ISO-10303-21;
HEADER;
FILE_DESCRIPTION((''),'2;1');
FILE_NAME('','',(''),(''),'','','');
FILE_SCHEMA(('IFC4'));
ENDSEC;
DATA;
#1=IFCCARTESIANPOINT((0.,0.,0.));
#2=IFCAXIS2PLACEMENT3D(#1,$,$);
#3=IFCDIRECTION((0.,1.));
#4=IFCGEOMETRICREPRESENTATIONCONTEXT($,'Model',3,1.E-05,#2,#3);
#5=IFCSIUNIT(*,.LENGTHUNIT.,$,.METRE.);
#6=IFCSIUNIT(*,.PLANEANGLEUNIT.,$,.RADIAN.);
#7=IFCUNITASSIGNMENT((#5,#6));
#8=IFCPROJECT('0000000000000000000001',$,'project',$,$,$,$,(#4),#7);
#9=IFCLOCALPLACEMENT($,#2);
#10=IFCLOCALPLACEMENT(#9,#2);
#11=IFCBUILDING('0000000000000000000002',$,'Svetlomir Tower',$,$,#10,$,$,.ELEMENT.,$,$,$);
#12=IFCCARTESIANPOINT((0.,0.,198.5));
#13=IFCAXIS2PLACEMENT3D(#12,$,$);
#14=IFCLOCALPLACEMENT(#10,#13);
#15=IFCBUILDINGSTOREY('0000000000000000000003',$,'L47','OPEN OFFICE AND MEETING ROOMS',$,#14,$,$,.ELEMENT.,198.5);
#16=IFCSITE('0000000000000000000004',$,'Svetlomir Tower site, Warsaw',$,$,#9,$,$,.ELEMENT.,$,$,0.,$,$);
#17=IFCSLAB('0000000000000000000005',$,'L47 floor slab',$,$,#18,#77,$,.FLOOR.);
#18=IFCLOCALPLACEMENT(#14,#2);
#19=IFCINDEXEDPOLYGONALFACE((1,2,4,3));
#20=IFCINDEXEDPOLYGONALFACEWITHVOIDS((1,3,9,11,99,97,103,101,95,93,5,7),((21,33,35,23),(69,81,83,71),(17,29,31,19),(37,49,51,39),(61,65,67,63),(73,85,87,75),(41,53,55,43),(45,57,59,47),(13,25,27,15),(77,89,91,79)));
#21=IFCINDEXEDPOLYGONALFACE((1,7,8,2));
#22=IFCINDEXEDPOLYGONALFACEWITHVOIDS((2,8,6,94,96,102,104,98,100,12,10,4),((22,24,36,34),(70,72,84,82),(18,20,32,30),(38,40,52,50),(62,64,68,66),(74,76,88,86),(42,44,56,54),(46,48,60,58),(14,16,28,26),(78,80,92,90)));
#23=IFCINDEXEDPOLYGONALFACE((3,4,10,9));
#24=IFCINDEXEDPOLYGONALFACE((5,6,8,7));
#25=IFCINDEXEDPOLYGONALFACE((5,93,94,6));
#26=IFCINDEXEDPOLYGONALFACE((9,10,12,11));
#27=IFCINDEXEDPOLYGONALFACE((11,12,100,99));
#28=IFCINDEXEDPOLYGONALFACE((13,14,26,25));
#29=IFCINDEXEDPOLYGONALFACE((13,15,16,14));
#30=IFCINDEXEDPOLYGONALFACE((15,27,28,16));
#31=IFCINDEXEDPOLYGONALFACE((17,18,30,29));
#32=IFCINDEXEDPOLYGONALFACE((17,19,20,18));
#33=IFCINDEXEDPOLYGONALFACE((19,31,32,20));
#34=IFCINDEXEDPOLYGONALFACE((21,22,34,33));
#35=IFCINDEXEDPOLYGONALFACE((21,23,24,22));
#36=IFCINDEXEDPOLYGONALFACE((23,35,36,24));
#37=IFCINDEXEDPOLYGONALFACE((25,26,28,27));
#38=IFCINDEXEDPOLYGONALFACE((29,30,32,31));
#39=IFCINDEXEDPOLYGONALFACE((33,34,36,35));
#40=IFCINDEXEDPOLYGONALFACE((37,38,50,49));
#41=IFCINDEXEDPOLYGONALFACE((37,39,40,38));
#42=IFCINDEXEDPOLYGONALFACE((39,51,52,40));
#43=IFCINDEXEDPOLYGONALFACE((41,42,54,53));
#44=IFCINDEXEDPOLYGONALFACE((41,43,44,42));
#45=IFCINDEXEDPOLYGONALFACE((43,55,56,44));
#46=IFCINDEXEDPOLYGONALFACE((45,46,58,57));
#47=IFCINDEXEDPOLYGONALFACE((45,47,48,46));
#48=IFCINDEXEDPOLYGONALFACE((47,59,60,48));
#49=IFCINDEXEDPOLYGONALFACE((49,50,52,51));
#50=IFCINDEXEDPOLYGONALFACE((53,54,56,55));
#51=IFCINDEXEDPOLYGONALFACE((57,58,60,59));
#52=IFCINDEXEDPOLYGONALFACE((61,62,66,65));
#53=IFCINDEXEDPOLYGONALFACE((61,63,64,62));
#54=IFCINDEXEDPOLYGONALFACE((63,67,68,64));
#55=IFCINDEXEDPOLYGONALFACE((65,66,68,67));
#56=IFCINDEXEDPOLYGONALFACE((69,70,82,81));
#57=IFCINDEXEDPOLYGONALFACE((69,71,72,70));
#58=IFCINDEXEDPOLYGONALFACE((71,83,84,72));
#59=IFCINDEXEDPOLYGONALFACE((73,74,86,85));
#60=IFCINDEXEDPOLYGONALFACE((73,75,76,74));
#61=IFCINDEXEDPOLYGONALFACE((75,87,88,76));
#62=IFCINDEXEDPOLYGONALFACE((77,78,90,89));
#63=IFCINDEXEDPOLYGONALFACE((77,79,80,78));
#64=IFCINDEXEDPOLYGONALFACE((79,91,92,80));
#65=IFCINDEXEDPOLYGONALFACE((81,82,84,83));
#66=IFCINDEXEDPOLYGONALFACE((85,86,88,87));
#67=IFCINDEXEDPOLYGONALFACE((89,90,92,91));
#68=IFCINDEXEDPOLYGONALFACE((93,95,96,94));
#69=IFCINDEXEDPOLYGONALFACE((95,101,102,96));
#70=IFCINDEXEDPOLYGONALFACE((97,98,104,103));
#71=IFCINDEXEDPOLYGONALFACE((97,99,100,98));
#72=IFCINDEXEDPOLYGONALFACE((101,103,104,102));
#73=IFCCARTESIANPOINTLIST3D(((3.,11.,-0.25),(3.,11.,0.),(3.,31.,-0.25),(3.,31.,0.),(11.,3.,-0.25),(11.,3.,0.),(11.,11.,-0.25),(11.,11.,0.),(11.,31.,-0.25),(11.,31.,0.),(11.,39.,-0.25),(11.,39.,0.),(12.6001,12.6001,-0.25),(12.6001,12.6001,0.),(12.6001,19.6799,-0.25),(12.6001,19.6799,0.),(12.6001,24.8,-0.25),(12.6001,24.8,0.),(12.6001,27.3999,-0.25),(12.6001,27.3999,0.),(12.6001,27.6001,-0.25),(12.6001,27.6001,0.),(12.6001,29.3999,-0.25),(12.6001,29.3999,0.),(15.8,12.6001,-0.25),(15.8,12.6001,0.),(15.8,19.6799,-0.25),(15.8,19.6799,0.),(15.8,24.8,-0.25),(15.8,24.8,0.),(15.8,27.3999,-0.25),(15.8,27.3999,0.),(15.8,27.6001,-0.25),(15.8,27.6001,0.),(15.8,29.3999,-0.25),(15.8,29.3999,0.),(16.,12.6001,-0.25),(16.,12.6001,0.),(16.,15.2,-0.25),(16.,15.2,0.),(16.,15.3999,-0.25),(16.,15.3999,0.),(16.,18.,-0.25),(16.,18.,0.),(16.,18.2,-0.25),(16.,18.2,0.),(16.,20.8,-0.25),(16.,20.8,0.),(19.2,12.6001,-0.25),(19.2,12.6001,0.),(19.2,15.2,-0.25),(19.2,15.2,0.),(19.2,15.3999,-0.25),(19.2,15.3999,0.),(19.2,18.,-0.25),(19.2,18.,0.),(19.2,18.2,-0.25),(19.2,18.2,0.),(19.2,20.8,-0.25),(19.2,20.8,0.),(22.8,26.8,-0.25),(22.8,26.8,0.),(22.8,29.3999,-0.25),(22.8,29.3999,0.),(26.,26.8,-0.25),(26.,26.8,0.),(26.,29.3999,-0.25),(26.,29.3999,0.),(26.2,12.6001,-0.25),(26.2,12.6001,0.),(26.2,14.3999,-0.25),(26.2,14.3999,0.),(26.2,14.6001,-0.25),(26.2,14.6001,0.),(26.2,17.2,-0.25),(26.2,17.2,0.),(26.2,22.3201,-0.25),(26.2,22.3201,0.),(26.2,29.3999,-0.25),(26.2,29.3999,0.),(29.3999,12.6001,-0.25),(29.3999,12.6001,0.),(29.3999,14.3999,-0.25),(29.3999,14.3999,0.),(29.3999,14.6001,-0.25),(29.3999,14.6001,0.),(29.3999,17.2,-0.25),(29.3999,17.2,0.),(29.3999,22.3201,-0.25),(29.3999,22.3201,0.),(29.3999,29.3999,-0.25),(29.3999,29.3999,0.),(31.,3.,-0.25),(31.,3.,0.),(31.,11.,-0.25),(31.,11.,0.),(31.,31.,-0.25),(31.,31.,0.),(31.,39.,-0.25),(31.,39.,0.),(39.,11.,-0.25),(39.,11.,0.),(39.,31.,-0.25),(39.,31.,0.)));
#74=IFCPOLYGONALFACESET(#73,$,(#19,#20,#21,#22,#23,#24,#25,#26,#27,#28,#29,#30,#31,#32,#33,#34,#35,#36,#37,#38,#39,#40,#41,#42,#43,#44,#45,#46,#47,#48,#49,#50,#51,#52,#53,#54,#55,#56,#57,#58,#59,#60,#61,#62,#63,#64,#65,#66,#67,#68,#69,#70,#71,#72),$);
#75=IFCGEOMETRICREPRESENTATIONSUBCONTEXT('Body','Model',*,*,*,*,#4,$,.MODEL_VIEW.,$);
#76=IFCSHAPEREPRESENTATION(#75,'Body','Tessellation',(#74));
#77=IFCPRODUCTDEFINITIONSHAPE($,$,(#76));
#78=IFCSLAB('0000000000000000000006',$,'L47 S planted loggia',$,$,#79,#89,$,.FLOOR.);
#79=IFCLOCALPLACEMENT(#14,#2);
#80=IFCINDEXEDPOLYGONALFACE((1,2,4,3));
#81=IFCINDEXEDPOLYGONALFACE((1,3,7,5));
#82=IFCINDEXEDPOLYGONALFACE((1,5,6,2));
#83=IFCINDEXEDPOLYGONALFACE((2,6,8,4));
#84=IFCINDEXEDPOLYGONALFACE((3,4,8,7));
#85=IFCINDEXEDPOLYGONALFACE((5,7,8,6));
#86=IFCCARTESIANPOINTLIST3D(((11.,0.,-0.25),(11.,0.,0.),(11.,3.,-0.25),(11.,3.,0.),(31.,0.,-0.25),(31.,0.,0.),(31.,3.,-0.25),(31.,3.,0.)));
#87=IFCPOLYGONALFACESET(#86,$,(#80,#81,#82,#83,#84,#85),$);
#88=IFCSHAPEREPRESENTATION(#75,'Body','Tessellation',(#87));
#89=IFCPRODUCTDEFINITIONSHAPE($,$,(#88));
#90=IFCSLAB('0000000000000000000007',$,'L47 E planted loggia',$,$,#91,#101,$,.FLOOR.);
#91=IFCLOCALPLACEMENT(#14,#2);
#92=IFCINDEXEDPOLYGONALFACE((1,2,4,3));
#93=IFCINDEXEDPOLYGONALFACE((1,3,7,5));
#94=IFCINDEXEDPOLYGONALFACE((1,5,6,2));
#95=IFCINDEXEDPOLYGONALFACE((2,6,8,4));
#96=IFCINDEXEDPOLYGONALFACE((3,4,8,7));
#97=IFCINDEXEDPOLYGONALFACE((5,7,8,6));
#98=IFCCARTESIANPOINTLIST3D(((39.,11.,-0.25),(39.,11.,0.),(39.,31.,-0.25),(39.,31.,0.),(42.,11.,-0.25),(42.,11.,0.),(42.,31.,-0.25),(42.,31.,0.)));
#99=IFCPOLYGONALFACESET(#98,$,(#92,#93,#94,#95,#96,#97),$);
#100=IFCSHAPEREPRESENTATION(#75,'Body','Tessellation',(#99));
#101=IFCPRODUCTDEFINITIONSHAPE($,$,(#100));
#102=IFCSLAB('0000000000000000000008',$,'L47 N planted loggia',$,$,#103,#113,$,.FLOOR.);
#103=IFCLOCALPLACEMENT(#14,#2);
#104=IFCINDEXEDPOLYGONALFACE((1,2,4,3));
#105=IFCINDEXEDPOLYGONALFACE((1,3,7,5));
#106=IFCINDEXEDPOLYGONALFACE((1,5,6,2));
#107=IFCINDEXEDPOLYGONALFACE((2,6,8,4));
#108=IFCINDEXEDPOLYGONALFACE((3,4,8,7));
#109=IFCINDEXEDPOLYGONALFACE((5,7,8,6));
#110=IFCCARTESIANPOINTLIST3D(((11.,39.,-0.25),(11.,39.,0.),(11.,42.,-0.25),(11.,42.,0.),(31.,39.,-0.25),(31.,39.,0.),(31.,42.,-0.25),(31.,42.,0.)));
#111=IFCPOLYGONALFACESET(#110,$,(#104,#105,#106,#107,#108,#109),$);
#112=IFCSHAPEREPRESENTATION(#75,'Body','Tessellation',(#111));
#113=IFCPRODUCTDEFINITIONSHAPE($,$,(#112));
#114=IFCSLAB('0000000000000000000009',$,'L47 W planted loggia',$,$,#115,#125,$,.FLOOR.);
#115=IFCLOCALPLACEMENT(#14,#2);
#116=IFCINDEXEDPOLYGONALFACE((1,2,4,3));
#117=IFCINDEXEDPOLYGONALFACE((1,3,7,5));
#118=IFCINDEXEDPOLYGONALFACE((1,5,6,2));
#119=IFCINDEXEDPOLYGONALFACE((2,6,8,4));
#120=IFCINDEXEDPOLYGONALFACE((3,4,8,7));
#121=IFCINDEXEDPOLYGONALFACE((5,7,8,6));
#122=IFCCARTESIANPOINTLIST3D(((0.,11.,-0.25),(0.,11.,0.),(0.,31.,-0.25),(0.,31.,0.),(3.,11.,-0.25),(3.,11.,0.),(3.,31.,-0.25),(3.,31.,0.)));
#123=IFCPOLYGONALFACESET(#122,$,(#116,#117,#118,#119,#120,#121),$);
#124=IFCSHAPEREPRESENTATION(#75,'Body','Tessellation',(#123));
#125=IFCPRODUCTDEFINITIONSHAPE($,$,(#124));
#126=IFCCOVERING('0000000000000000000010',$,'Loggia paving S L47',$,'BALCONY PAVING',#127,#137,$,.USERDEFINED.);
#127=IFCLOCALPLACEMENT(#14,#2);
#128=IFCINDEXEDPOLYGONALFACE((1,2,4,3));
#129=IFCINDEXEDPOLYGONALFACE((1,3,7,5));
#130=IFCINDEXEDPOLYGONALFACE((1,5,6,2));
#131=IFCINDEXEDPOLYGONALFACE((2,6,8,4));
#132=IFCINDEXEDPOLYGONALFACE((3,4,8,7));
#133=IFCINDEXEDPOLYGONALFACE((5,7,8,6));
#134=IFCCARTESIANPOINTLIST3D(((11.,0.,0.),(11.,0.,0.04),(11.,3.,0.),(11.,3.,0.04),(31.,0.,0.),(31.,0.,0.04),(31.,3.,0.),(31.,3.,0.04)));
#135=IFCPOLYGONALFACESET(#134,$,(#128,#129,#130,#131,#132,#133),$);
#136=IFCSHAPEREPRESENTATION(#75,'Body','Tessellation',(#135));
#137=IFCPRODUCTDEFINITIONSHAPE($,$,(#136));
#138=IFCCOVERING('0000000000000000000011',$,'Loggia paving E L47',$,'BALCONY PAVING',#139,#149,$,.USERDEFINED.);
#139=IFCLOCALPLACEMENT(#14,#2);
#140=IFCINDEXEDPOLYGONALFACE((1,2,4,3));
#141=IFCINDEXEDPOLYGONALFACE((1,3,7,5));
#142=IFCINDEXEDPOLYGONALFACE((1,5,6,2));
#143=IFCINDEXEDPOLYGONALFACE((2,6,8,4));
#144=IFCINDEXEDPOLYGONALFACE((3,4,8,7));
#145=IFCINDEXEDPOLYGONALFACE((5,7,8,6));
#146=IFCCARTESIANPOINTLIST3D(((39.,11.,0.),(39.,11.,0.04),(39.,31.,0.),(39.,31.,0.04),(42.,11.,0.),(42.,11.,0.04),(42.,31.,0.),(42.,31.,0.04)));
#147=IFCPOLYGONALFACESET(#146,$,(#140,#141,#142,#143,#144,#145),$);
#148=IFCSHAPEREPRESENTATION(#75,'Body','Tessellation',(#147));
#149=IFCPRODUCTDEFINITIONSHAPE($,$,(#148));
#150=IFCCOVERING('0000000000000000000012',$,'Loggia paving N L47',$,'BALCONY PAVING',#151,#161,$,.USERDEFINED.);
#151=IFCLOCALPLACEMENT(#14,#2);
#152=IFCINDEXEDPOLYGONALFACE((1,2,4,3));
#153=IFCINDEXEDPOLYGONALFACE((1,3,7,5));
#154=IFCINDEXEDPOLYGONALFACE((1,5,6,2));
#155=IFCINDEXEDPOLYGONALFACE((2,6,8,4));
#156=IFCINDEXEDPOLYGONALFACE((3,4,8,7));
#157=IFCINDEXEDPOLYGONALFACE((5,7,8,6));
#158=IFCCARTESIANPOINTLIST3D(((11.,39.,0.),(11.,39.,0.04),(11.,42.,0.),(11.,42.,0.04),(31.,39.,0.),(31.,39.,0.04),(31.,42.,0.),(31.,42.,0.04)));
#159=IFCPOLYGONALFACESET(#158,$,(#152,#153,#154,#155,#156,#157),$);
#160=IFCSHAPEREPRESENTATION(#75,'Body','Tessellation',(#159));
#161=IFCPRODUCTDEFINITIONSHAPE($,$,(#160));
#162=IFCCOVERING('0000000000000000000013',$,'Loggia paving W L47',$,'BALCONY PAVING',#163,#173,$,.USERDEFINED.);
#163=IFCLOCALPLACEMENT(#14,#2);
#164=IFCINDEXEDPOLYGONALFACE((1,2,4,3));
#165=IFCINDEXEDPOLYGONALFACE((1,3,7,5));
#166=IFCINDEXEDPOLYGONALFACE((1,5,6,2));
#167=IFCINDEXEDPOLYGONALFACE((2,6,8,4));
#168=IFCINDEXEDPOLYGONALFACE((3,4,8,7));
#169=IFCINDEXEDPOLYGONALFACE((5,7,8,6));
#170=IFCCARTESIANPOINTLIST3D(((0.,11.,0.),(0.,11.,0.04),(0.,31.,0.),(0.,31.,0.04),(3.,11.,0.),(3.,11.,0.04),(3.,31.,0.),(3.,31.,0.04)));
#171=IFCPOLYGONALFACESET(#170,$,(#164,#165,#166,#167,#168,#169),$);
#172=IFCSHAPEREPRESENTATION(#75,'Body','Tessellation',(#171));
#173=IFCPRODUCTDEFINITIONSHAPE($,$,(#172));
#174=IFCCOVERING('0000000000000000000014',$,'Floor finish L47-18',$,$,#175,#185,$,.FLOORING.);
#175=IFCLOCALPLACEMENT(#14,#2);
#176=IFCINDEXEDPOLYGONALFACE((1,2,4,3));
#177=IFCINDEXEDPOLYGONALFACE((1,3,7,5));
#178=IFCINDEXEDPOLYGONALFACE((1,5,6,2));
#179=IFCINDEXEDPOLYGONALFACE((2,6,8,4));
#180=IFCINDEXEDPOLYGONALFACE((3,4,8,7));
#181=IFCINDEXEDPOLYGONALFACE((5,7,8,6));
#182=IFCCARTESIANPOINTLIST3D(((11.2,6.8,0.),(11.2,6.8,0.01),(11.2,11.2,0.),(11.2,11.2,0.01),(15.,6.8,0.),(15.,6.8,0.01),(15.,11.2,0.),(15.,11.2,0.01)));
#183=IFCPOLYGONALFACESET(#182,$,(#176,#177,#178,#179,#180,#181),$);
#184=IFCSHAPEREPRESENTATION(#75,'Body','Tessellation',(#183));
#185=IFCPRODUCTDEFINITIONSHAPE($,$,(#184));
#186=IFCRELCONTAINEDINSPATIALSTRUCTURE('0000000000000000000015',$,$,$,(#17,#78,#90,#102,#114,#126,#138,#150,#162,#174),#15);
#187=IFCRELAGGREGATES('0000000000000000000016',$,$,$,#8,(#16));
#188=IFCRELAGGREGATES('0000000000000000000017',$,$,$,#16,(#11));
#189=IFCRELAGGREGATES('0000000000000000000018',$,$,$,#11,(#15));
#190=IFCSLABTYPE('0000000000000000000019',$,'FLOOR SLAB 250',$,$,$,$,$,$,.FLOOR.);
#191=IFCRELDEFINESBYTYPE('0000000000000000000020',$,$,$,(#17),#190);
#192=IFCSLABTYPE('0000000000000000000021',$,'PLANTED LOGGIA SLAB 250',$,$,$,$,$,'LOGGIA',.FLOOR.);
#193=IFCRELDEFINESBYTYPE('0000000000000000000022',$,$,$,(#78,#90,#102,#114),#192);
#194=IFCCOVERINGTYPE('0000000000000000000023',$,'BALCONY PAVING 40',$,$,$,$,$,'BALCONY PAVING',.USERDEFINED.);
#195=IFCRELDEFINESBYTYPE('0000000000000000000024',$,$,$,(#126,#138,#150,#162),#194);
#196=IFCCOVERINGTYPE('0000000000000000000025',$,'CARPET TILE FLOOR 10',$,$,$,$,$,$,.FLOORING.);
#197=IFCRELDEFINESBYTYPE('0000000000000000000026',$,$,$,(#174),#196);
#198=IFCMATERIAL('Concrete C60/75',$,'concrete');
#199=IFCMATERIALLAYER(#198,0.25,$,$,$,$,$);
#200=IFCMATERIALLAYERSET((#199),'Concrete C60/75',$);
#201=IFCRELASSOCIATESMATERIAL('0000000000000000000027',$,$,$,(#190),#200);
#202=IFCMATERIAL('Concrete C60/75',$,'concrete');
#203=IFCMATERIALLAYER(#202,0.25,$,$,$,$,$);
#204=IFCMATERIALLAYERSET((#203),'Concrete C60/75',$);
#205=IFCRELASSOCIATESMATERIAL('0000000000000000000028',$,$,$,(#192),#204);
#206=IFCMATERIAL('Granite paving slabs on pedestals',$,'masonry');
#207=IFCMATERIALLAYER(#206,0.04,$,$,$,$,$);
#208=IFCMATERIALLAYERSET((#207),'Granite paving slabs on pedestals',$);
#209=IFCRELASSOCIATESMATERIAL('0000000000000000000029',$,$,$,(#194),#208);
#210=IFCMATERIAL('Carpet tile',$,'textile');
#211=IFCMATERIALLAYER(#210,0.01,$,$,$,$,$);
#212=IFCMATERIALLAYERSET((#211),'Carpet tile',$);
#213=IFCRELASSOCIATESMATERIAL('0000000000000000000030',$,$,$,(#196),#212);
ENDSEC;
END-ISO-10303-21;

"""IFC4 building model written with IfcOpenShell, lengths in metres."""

from ifc_helpers import new_model, si_unit, direction, frame, origin, place, context, subcontext, project, spatial, polyline, outline, extrude, material, layer, layer_set, type_object, element, save


model = new_model("IFC4")

# Units and contexts
model_context = context("Model", 3, precision=1e-05, world=origin(), true_north=direction((0.0, 1.0)))
body_context = subcontext(model_context, "Body", "Model", "MODEL_VIEW")
ifc_project = project(units=[si_unit("LENGTHUNIT", "METRE"), si_unit("PLANEANGLEUNIT", "RADIAN")], contexts=[model_context])

# Site, building, storey
site_placement = place(None, origin())
site = spatial("IfcSite", under=ifc_project, at=site_placement, Name="Svetlomir Tower site, Warsaw", CompositionType="ELEMENT", RefElevation=0.0)
building_placement = place(site_placement, origin())
building = spatial("IfcBuilding", under=site, at=building_placement, Name="Svetlomir Tower", CompositionType="ELEMENT")
storey_placement = place(building_placement, frame((0.0, 0.0, 198.5)))
storey = spatial("IfcBuildingStorey", under=building, at=storey_placement, Name="L47", Description="OPEN OFFICE AND MEETING ROOMS", CompositionType="ELEMENT", Elevation=198.5)

# Slabs
ifc_material_1 = material(Name="Concrete C60/75", Category="concrete")
ifc_layer_1 = layer(ifc_material_1, 0.25)
ifc_layer_set_1 = layer_set([ifc_layer_1], Name="Concrete C60/75")
slab_type_1 = type_object("IfcSlabType", Name="FLOOR SLAB 250", PredefinedType="FLOOR", material=ifc_layer_set_1)
slab_1_placement = place(storey_placement, frame((0.0, 0.0, -0.25)))
element("IfcSlab", 1, at=slab_1_placement, inside=storey, type_object=slab_type_1, Name="L47 floor slab", PredefinedType="FLOOR", context=body_context, shape_type="SweptSolid", body=[
    extrude(outline(polyline([(11.0, 3.0), (31.0, 3.0), (31.0, 11.0), (39.0, 11.0), (39.0, 31.0), (31.0, 31.0), (31.0, 39.0), (11.0, 39.0), (11.0, 31.0), (3.0, 31.0), (3.0, 11.0), (11.0, 11.0), (11.0, 3.0)]), holes=[polyline([(12.6001, 24.8), (15.8, 24.8), (15.8, 27.3999), (12.6001, 27.3999), (12.6001, 24.8)]), polyline([(26.2, 14.6001), (29.3999, 14.6001), (29.3999, 17.2), (26.2, 17.2), (26.2, 14.6001)]), polyline([(16.0, 12.6001), (19.2, 12.6001), (19.2, 15.2), (16.0, 15.2), (16.0, 12.6001)]), polyline([(16.0, 15.3999), (19.2, 15.3999), (19.2, 18.0), (16.0, 18.0), (16.0, 15.3999)]), polyline([(16.0, 18.2), (19.2, 18.2), (19.2, 20.8), (16.0, 20.8), (16.0, 18.2)]), polyline([(22.8, 26.8), (26.0, 26.8), (26.0, 29.3999), (22.8, 29.3999), (22.8, 26.8)]), polyline([(12.6001, 27.6001), (15.8, 27.6001), (15.8, 29.3999), (12.6001, 29.3999), (12.6001, 27.6001)]), polyline([(26.2, 12.6001), (29.3999, 12.6001), (29.3999, 14.3999), (26.2, 14.3999), (26.2, 12.6001)]), polyline([(12.6001, 12.6001), (15.8, 12.6001), (15.8, 19.6799), (12.6001, 19.6799), (12.6001, 12.6001)]), polyline([(26.2, 22.3201), (29.3999, 22.3201), (29.3999, 29.3999), (26.2, 29.3999), (26.2, 22.3201)])]), origin(), (0.0, 0.0, 1.0), 0.25),
])
ifc_material_2 = material(Name="Concrete C60/75", Category="concrete")
ifc_layer_2 = layer(ifc_material_2, 0.25)
ifc_layer_set_2 = layer_set([ifc_layer_2], Name="Concrete C60/75")
slab_type_2 = type_object("IfcSlabType", Name="PLANTED LOGGIA SLAB 250", ElementType="LOGGIA", PredefinedType="FLOOR", material=ifc_layer_set_2)
slab_2_placement = place(storey_placement, frame((0.0, 0.0, -0.25)))
element("IfcSlab", 2, at=slab_2_placement, inside=storey, type_object=slab_type_2, Name="L47 S planted loggia", PredefinedType="FLOOR", context=body_context, shape_type="SweptSolid", body=[
    extrude(outline(polyline([(11.0, 0.0), (31.0, 0.0), (31.0, 3.0), (11.0, 3.0), (11.0, 0.0)])), origin(), (0.0, 0.0, 1.0), 0.25),
])
slab_3_placement = place(storey_placement, frame((0.0, 0.0, -0.25)))
element("IfcSlab", 3, at=slab_3_placement, inside=storey, type_object=slab_type_2, Name="L47 E planted loggia", PredefinedType="FLOOR", context=body_context, shape_type="SweptSolid", body=[
    extrude(outline(polyline([(39.0, 11.0), (42.0, 11.0), (42.0, 31.0), (39.0, 31.0), (39.0, 11.0)])), origin(), (0.0, 0.0, 1.0), 0.25),
])
slab_4_placement = place(storey_placement, frame((0.0, 0.0, -0.25)))
element("IfcSlab", 4, at=slab_4_placement, inside=storey, type_object=slab_type_2, Name="L47 N planted loggia", PredefinedType="FLOOR", context=body_context, shape_type="SweptSolid", body=[
    extrude(outline(polyline([(11.0, 39.0), (31.0, 39.0), (31.0, 42.0), (11.0, 42.0), (11.0, 39.0)])), origin(), (0.0, 0.0, 1.0), 0.25),
])
slab_5_placement = place(storey_placement, frame((0.0, 0.0, -0.25)))
element("IfcSlab", 5, at=slab_5_placement, inside=storey, type_object=slab_type_2, Name="L47 W planted loggia", PredefinedType="FLOOR", context=body_context, shape_type="SweptSolid", body=[
    extrude(outline(polyline([(0.0, 11.0), (3.0, 11.0), (3.0, 31.0), (0.0, 31.0), (0.0, 11.0)])), origin(), (0.0, 0.0, 1.0), 0.25),
])

# Coverings
ifc_material_3 = material(Name="Granite paving slabs on pedestals", Category="masonry")
ifc_layer_3 = layer(ifc_material_3, 0.04)
ifc_layer_set_3 = layer_set([ifc_layer_3], Name="Granite paving slabs on pedestals")
covering_type_1 = type_object("IfcCoveringType", Name="BALCONY PAVING 40", ElementType="BALCONY PAVING", PredefinedType="USERDEFINED", material=ifc_layer_set_3)
covering_1_placement = place(storey_placement, origin())
element("IfcCovering", 6, at=covering_1_placement, inside=storey, type_object=covering_type_1, Name="Loggia paving S L47", ObjectType="BALCONY PAVING", PredefinedType="USERDEFINED", context=body_context, shape_type="SweptSolid", body=[
    extrude(outline(polyline([(11.0, 0.0), (31.0, 0.0), (31.0, 3.0), (11.0, 3.0), (11.0, 0.0)])), origin(), (0.0, 0.0, 1.0), 0.04),
])
covering_2_placement = place(storey_placement, origin())
element("IfcCovering", 7, at=covering_2_placement, inside=storey, type_object=covering_type_1, Name="Loggia paving E L47", ObjectType="BALCONY PAVING", PredefinedType="USERDEFINED", context=body_context, shape_type="SweptSolid", body=[
    extrude(outline(polyline([(39.0, 11.0), (42.0, 11.0), (42.0, 31.0), (39.0, 31.0), (39.0, 11.0)])), origin(), (0.0, 0.0, 1.0), 0.04),
])
covering_3_placement = place(storey_placement, origin())
element("IfcCovering", 8, at=covering_3_placement, inside=storey, type_object=covering_type_1, Name="Loggia paving N L47", ObjectType="BALCONY PAVING", PredefinedType="USERDEFINED", context=body_context, shape_type="SweptSolid", body=[
    extrude(outline(polyline([(11.0, 39.0), (31.0, 39.0), (31.0, 42.0), (11.0, 42.0), (11.0, 39.0)])), origin(), (0.0, 0.0, 1.0), 0.04),
])
covering_4_placement = place(storey_placement, origin())
element("IfcCovering", 9, at=covering_4_placement, inside=storey, type_object=covering_type_1, Name="Loggia paving W L47", ObjectType="BALCONY PAVING", PredefinedType="USERDEFINED", context=body_context, shape_type="SweptSolid", body=[
    extrude(outline(polyline([(0.0, 11.0), (3.0, 11.0), (3.0, 31.0), (0.0, 31.0), (0.0, 11.0)])), origin(), (0.0, 0.0, 1.0), 0.04),
])
ifc_material_4 = material(Name="Carpet tile", Category="textile")
ifc_layer_4 = layer(ifc_material_4, 0.01)
ifc_layer_set_4 = layer_set([ifc_layer_4], Name="Carpet tile")
covering_type_2 = type_object("IfcCoveringType", Name="CARPET TILE FLOOR 10", PredefinedType="FLOORING", material=ifc_layer_set_4)
covering_5_placement = place(storey_placement, origin())
element("IfcCovering", 10, at=covering_5_placement, inside=storey, type_object=covering_type_2, Name="Floor finish L47-18", PredefinedType="FLOORING", context=body_context, shape_type="SweptSolid", body=[
    extrude(outline(polyline([(11.2, 6.8), (15.0, 6.8), (15.0, 11.2), (11.2, 11.2), (11.2, 6.8)])), origin(), (0.0, 0.0, 1.0), 0.01),
])

save(model, "model.ifc")
